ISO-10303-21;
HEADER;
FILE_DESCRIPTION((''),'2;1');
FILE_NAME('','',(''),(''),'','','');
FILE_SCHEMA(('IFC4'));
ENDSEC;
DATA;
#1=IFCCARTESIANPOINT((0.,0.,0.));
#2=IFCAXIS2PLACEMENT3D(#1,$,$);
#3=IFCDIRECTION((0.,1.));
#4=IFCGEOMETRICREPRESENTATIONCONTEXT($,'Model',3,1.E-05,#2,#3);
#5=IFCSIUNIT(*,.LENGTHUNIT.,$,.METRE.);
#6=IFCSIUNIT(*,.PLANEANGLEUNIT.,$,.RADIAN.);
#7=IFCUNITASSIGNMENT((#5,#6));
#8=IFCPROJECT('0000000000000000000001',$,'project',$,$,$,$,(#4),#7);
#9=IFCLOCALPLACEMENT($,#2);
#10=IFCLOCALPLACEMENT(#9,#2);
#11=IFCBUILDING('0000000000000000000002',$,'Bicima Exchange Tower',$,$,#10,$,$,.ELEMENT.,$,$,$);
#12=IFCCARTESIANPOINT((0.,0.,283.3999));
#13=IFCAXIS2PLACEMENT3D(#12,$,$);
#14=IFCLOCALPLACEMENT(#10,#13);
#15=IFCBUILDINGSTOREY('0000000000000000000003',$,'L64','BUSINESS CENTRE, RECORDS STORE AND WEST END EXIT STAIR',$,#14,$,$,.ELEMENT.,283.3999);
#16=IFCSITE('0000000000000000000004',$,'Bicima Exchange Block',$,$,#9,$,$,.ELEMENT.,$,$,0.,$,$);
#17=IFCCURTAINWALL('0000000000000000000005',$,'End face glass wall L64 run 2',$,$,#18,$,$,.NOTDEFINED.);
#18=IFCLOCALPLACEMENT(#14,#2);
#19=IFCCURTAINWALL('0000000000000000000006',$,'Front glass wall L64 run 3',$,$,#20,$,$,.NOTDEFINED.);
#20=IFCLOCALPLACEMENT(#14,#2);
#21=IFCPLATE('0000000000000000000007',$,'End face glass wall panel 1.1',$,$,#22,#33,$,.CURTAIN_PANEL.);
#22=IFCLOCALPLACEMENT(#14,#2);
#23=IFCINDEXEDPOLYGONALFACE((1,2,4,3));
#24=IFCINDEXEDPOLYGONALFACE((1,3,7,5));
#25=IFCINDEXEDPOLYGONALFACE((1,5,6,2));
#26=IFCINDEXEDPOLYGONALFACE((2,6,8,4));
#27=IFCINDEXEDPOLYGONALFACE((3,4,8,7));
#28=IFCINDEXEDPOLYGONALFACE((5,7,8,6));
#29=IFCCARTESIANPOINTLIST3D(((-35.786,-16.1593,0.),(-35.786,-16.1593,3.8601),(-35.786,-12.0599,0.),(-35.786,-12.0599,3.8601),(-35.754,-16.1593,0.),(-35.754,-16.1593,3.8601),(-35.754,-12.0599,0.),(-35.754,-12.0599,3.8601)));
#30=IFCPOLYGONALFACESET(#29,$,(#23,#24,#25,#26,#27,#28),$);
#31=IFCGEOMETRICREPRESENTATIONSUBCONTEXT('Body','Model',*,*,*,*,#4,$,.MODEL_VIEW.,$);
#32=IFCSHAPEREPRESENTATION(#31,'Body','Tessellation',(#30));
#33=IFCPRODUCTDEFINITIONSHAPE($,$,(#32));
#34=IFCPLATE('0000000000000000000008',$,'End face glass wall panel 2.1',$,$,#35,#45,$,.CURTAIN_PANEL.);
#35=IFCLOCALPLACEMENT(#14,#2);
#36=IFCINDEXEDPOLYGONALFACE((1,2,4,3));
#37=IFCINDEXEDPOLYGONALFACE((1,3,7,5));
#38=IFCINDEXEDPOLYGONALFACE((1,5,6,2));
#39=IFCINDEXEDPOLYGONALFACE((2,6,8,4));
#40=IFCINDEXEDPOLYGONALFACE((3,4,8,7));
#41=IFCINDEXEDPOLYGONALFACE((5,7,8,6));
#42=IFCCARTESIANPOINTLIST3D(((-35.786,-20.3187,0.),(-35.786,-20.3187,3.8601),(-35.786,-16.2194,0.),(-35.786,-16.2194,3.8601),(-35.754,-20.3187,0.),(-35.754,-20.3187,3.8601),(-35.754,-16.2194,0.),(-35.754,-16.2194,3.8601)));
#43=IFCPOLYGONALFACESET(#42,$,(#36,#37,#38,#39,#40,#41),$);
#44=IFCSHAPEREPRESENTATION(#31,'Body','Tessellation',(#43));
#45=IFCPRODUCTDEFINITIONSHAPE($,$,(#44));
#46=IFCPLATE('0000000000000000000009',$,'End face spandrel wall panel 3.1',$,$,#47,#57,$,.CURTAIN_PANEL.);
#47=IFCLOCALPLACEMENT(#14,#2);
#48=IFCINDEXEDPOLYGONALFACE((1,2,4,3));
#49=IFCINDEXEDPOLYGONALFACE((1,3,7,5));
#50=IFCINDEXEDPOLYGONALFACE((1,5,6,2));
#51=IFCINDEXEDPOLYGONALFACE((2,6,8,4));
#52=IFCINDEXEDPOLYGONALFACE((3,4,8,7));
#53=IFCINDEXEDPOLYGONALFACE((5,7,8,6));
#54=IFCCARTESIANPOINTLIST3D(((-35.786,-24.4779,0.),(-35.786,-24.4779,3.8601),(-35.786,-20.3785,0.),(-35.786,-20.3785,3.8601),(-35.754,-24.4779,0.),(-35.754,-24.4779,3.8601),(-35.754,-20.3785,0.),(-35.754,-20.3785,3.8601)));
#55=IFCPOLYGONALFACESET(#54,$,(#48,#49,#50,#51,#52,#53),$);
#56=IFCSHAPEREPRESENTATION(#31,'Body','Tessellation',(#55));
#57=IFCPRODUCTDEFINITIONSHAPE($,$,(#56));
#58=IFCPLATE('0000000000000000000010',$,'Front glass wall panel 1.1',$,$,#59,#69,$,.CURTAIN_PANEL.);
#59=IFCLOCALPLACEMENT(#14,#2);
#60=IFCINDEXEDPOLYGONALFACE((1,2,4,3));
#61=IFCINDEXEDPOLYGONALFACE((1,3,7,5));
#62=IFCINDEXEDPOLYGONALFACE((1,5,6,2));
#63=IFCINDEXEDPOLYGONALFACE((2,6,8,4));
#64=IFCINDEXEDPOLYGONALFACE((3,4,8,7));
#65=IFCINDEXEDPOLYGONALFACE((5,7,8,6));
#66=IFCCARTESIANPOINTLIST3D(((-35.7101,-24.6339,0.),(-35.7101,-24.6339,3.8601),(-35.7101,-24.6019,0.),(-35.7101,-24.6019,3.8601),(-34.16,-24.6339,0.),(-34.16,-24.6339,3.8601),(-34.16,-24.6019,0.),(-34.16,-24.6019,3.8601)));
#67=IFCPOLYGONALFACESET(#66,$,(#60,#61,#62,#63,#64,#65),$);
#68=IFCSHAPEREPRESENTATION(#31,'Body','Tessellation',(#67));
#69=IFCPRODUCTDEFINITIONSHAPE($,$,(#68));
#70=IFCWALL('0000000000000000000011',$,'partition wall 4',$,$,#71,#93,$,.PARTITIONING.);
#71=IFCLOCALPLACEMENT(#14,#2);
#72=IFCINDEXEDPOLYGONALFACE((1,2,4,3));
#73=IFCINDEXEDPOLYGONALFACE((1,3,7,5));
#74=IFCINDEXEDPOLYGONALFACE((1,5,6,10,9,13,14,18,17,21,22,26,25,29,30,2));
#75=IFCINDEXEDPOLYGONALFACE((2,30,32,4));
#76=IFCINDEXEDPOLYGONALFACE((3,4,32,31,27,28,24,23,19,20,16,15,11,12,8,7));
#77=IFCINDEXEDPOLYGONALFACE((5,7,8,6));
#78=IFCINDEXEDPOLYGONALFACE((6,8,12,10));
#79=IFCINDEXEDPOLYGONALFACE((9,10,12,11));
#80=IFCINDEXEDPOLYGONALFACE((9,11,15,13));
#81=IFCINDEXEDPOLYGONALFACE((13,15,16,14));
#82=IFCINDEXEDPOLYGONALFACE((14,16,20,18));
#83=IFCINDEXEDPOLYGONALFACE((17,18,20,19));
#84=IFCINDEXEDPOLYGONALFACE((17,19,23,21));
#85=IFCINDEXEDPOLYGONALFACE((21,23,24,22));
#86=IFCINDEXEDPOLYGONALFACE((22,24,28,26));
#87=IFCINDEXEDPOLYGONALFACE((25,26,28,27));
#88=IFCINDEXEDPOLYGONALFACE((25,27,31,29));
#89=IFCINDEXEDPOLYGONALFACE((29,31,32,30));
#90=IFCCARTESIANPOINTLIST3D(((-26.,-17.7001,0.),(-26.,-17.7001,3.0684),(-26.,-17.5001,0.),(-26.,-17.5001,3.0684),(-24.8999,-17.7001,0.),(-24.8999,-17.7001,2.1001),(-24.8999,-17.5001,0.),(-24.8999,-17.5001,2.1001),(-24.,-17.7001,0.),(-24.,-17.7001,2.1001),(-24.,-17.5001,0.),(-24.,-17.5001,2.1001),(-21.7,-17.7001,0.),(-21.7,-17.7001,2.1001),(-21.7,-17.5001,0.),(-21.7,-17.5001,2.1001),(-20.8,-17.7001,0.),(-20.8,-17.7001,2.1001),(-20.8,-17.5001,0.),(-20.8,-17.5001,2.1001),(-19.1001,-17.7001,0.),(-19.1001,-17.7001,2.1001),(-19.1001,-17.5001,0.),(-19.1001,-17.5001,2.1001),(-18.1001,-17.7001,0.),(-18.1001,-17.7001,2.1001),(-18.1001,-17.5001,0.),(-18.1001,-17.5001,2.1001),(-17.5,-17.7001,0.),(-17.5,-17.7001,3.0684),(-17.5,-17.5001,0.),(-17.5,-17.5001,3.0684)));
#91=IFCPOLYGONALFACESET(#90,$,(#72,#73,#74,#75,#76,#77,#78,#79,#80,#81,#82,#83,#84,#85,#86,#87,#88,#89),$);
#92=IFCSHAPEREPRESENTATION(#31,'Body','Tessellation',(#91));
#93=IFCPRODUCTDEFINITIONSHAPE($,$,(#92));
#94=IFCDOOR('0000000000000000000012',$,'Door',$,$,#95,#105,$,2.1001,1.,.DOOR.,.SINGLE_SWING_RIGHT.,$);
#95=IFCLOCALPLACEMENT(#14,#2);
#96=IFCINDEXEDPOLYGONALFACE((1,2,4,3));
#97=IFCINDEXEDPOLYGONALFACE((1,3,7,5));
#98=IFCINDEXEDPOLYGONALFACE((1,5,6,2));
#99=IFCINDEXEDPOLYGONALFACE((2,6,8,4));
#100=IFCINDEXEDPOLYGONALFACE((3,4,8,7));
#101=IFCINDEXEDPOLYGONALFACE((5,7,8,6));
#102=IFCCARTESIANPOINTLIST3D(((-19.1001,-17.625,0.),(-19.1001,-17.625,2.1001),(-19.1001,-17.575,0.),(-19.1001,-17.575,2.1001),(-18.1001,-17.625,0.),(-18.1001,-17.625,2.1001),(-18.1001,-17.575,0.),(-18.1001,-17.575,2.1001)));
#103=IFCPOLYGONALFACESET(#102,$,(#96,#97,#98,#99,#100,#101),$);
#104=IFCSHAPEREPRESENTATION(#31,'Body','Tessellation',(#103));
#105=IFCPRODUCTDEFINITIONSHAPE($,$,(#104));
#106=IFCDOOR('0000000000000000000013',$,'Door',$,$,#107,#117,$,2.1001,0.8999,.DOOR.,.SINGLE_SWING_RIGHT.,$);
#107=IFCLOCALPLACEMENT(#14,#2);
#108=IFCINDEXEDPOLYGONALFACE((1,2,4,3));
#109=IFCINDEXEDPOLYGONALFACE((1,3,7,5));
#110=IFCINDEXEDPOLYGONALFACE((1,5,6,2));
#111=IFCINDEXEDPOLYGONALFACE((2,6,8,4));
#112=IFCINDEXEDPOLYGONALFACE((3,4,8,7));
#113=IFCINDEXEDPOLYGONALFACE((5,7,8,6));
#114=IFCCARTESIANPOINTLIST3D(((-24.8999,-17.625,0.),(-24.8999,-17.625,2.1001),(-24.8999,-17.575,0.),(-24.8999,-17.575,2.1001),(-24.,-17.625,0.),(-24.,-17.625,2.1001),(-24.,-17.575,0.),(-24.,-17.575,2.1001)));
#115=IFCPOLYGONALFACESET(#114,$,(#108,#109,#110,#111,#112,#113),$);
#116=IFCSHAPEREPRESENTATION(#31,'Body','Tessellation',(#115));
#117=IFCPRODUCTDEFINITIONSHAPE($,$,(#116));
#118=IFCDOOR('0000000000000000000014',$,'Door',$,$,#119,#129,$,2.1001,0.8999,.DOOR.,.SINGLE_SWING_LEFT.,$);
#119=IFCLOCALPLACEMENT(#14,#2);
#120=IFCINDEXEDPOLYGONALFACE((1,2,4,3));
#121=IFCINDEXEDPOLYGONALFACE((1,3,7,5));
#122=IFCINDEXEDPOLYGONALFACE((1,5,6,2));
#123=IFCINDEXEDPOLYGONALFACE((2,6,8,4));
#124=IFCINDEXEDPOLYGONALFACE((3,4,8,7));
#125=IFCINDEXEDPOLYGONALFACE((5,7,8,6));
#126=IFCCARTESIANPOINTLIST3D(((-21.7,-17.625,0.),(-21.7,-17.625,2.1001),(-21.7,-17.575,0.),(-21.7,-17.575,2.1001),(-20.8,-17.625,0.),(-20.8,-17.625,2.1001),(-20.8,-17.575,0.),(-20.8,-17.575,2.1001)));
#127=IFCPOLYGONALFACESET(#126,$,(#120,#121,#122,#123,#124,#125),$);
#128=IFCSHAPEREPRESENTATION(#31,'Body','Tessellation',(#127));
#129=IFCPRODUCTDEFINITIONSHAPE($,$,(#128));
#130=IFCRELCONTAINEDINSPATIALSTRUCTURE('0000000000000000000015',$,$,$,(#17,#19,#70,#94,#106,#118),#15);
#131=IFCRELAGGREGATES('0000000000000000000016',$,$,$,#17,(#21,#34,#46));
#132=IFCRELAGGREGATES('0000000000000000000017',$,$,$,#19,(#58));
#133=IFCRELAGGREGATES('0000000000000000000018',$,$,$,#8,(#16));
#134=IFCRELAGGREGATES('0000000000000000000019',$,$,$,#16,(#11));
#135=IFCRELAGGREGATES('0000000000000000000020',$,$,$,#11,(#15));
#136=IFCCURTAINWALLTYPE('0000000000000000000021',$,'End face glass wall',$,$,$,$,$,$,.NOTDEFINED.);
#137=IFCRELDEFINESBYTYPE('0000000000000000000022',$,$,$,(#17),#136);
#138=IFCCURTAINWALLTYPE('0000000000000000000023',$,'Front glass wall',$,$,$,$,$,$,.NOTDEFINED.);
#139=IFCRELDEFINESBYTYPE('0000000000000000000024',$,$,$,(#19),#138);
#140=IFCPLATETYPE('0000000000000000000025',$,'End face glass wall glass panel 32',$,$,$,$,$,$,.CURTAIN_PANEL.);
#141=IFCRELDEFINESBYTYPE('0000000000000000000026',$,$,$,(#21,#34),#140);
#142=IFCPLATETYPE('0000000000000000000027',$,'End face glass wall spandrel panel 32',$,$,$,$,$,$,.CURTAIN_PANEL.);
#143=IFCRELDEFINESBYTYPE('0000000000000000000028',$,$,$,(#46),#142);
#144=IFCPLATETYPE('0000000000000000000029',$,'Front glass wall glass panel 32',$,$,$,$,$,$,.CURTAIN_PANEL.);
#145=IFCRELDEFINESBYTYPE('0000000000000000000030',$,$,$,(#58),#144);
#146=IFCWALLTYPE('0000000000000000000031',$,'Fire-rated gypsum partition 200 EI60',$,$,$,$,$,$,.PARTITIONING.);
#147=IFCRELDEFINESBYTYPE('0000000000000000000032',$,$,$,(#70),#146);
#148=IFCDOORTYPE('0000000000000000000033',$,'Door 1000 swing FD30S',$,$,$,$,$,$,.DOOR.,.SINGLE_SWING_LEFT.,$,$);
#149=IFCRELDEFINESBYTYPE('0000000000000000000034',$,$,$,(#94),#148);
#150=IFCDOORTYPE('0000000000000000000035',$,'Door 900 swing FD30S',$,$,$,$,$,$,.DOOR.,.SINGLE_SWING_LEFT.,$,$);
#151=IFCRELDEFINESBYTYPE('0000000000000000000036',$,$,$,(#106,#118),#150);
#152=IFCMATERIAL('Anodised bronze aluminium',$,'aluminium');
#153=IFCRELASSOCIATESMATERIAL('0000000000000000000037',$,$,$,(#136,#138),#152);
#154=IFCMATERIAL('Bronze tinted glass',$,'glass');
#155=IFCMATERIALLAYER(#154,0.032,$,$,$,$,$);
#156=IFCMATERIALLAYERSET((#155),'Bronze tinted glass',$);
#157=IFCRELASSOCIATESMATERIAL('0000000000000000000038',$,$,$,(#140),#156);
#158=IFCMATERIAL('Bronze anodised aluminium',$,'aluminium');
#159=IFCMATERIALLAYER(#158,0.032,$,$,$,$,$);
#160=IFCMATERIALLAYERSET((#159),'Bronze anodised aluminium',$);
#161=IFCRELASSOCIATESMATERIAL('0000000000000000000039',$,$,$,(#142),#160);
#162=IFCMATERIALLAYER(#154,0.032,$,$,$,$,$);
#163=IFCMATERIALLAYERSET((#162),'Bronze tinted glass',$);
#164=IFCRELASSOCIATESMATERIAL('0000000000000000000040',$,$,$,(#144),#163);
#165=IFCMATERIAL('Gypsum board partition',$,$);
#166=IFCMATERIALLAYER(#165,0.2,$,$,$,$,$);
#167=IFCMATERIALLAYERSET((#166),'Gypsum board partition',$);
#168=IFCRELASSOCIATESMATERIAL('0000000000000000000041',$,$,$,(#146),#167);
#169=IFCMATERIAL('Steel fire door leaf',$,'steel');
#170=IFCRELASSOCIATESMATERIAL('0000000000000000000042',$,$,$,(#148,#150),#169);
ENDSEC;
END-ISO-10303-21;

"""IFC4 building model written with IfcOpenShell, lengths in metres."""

from ifc_helpers import new_model, si_unit, direction, frame, frame_2d, origin, origin_2d, place, context, subcontext, project, spatial, rectangle, extrude, material, layer, layer_set, type_object, element, fill, aggregate, save


model = new_model("IFC4")

# Units and contexts
model_context = context("Model", 3, precision=1e-05, world=origin(), true_north=direction((0.0, 1.0)))
body_context = subcontext(model_context, "Body", "Model", "MODEL_VIEW")
ifc_project = project(units=[si_unit("LENGTHUNIT", "METRE"), si_unit("PLANEANGLEUNIT", "RADIAN")], contexts=[model_context])

# Site, building, storey
site_placement = place(None, origin())
site = spatial("IfcSite", under=ifc_project, at=site_placement, Name="Bicima Exchange Block", CompositionType="ELEMENT", RefElevation=0.0)
building_placement = place(site_placement, origin())
building = spatial("IfcBuilding", under=site, at=building_placement, Name="Bicima Exchange Tower", CompositionType="ELEMENT")
storey_placement = place(building_placement, frame((0.0, 0.0, 283.3999)))
storey = spatial("IfcBuildingStorey", under=building, at=storey_placement, Name="L64", Description="BUSINESS CENTRE, RECORDS STORE AND WEST END EXIT STAIR", CompositionType="ELEMENT", Elevation=283.3999)

# Curtain wall
ifc_material_1 = material(Name="Anodised bronze aluminium", Category="aluminium")
curtain_wall_type_1 = type_object("IfcCurtainWallType", Name="End face glass wall", PredefinedType="NOTDEFINED", material=ifc_material_1)
curtain_wall_1_placement = place(storey_placement, origin())
curtain_wall_1 = element("IfcCurtainWall", 1, at=curtain_wall_1_placement, inside=storey, type_object=curtain_wall_type_1, Name="End face glass wall L64 run 2", PredefinedType="NOTDEFINED")

# Curtain wall
curtain_wall_type_2 = type_object("IfcCurtainWallType", Name="Front glass wall", PredefinedType="NOTDEFINED", material=ifc_material_1)
curtain_wall_2_placement = place(storey_placement, origin())
curtain_wall_2 = element("IfcCurtainWall", 2, at=curtain_wall_2_placement, inside=storey, type_object=curtain_wall_type_2, Name="Front glass wall L64 run 3", PredefinedType="NOTDEFINED")

# Plates
ifc_material_2 = material(Name="Bronze tinted glass", Category="glass")
ifc_layer_1 = layer(ifc_material_2, 0.032)
ifc_layer_set_1 = layer_set([ifc_layer_1], Name="Bronze tinted glass")
plate_type_1 = type_object("IfcPlateType", Name="End face glass wall glass panel 32", PredefinedType="CURTAIN_PANEL", material=ifc_layer_set_1)
plate_1_placement = place(storey_placement, frame((-35.77, -14.1096, 0.0), z_axis=(0.0, 0.0, 1.0), x_axis=(0.0, -1.0, 0.0)))
plate_1 = element("IfcPlate", 3, at=plate_1_placement, type_object=plate_type_1, Name="End face glass wall panel 1.1", PredefinedType="CURTAIN_PANEL", context=body_context, shape_type="SweptSolid", body=[
    extrude(rectangle(XDim=4.0994, YDim=0.032, at=origin_2d()), origin(), (0.0, 0.0, 1.0), 3.8601),
])
plate_2_placement = place(storey_placement, frame((-35.77, -18.269, 0.0), z_axis=(0.0, 0.0, 1.0), x_axis=(0.0, -1.0, 0.0)))
plate_2 = element("IfcPlate", 4, at=plate_2_placement, type_object=plate_type_1, Name="End face glass wall panel 2.1", PredefinedType="CURTAIN_PANEL", context=body_context, shape_type="SweptSolid", body=[
    extrude(rectangle(XDim=4.0994, YDim=0.032, at=origin_2d()), origin(), (0.0, 0.0, 1.0), 3.8601),
])
ifc_material_3 = material(Name="Bronze anodised aluminium", Category="aluminium")
ifc_layer_2 = layer(ifc_material_3, 0.032)
ifc_layer_set_2 = layer_set([ifc_layer_2], Name="Bronze anodised aluminium")
plate_type_2 = type_object("IfcPlateType", Name="End face glass wall spandrel panel 32", PredefinedType="CURTAIN_PANEL", material=ifc_layer_set_2)
plate_3_placement = place(storey_placement, frame((-35.77, -22.4282, 0.0), z_axis=(0.0, 0.0, 1.0), x_axis=(0.0, -1.0, 0.0)))
plate_3 = element("IfcPlate", 5, at=plate_3_placement, type_object=plate_type_2, Name="End face spandrel wall panel 3.1", PredefinedType="CURTAIN_PANEL", context=body_context, shape_type="SweptSolid", body=[
    extrude(rectangle(XDim=4.0994, YDim=0.032, at=origin_2d()), origin(), (0.0, 0.0, 1.0), 3.8601),
])
aggregate(curtain_wall_1, [plate_1, plate_2, plate_3])
ifc_layer_3 = layer(ifc_material_2, 0.032)
ifc_layer_set_3 = layer_set([ifc_layer_3], Name="Bronze tinted glass")
plate_type_3 = type_object("IfcPlateType", Name="Front glass wall glass panel 32", PredefinedType="CURTAIN_PANEL", material=ifc_layer_set_3)
plate_4_placement = place(storey_placement, frame((-34.9351, -24.6179, 0.0), z_axis=(0.0, 0.0, 1.0), x_axis=(1.0, 0.0, 0.0)))
plate_4 = element("IfcPlate", 6, at=plate_4_placement, type_object=plate_type_3, Name="Front glass wall panel 1.1", PredefinedType="CURTAIN_PANEL", context=body_context, shape_type="SweptSolid", body=[
    extrude(rectangle(XDim=1.55, YDim=0.032, at=origin_2d()), origin(), (0.0, 0.0, 1.0), 3.8601),
])
aggregate(curtain_wall_2, [plate_4])

# Wall, openings, doors
ifc_material_4 = material(Name="Gypsum board partition")
ifc_layer_4 = layer(ifc_material_4, 0.2)
ifc_layer_set_4 = layer_set([ifc_layer_4], Name="Gypsum board partition")
wall_type_1 = type_object("IfcWallType", Name="Fire-rated gypsum partition 200 EI60", PredefinedType="PARTITIONING", material=ifc_layer_set_4)
wall_1_placement = place(storey_placement, frame((-26.0, -17.6001, 0.0), z_axis=(0.0, 0.0, 1.0), x_axis=(1.0, 0.0, 0.0)))
wall_1 = element("IfcWall", 7, at=wall_1_placement, inside=storey, type_object=wall_type_1, Name="partition wall 4", PredefinedType="PARTITIONING", context=body_context, shape_type="SweptSolid", body=[
    extrude(rectangle(XDim=8.5, YDim=0.2, at=frame_2d((4.25, 0.0))), origin(), (0.0, 0.0, 1.0), 3.0684),
])
opening_1_placement = place(wall_1_placement, frame((1.1001, 0.0, 0.0)))
opening_1 = element("IfcOpeningElement", 8, at=opening_1_placement, cuts=wall_1, PredefinedType="OPENING", context=body_context, shape_type="SweptSolid", body=[
    extrude(rectangle(XDim=0.8999, YDim=2.1001, at=frame_2d((0.45, 1.05))), frame((0.0, 0.1118, 0.0), z_axis=(0.0, -1.0, 0.0), x_axis=(1.0, 0.0, 0.0)), (0.0, 0.0, 1.0), 0.2239),
])
opening_2_placement = place(wall_1_placement, frame((4.3, 0.0, 0.0)))
opening_2 = element("IfcOpeningElement", 9, at=opening_2_placement, cuts=wall_1, PredefinedType="OPENING", context=body_context, shape_type="SweptSolid", body=[
    extrude(rectangle(XDim=0.8999, YDim=2.1001, at=frame_2d((0.45, 1.05))), frame((0.0, 0.1118, 0.0), z_axis=(0.0, -1.0, 0.0), x_axis=(1.0, 0.0, 0.0)), (0.0, 0.0, 1.0), 0.2239),
])
opening_3_placement = place(wall_1_placement, frame((6.8999, 0.0, 0.0)))
opening_3 = element("IfcOpeningElement", 10, at=opening_3_placement, cuts=wall_1, PredefinedType="OPENING", context=body_context, shape_type="SweptSolid", body=[
    extrude(rectangle(XDim=1.0, YDim=2.1001, at=frame_2d((0.5, 1.05))), frame((0.0, 0.1118, 0.0), z_axis=(0.0, -1.0, 0.0), x_axis=(1.0, 0.0, 0.0)), (0.0, 0.0, 1.0), 0.2239),
])
ifc_material_5 = material(Name="Steel fire door leaf", Category="steel")
door_type_1 = type_object("IfcDoorType", Name="Door 1000 swing FD30S", OperationType="SINGLE_SWING_LEFT", PredefinedType="DOOR", material=ifc_material_5)
door_1_placement = place(opening_3_placement, frame((1.0, 0.0, 0.0), z_axis=(0.0, 0.0, 1.0), x_axis=(-1.0, 0.0, 0.0)))
door_1 = element("IfcDoor", 11, at=door_1_placement, inside=storey, type_object=door_type_1, Name="Door", OperationType="SINGLE_SWING_RIGHT", OverallHeight=2.1001, OverallWidth=1.0, PredefinedType="DOOR", context=body_context, shape_type="SweptSolid", body=[
    extrude(rectangle(XDim=1.0, YDim=2.1001, at=frame_2d((0.5, 1.05))), frame((0.0, 0.0249, 0.0), z_axis=(0.0, -1.0, 0.0), x_axis=(1.0, 0.0, 0.0)), (0.0, 0.0, 1.0), 0.05),
])
fill(opening_3, door_1)
door_type_2 = type_object("IfcDoorType", Name="Door 900 swing FD30S", OperationType="SINGLE_SWING_LEFT", PredefinedType="DOOR", material=ifc_material_5)
door_2_placement = place(opening_1_placement, frame((0.8999, 0.0, 0.0), z_axis=(0.0, 0.0, 1.0), x_axis=(-1.0, 0.0, 0.0)))
door_2 = element("IfcDoor", 12, at=door_2_placement, inside=storey, type_object=door_type_2, Name="Door", OperationType="SINGLE_SWING_RIGHT", OverallHeight=2.1001, OverallWidth=0.8999, PredefinedType="DOOR", context=body_context, shape_type="SweptSolid", body=[
    extrude(rectangle(XDim=0.8999, YDim=2.1001, at=frame_2d((0.45, 1.05))), frame((0.0, 0.0249, 0.0), z_axis=(0.0, -1.0, 0.0), x_axis=(1.0, 0.0, 0.0)), (0.0, 0.0, 1.0), 0.05),
])
fill(opening_1, door_2)
door_3_placement = place(opening_2_placement, frame((0.8999, 0.0, 0.0), z_axis=(0.0, 0.0, 1.0), x_axis=(-1.0, 0.0, 0.0)))
door_3 = element("IfcDoor", 13, at=door_3_placement, inside=storey, type_object=door_type_2, Name="Door", OperationType="SINGLE_SWING_LEFT", OverallHeight=2.1001, OverallWidth=0.8999, PredefinedType="DOOR", context=body_context, shape_type="SweptSolid", body=[
    extrude(rectangle(XDim=0.8999, YDim=2.1001, at=frame_2d((0.45, 1.05))), frame((0.0, 0.0249, 0.0), z_axis=(0.0, -1.0, 0.0), x_axis=(1.0, 0.0, 0.0)), (0.0, 0.0, 1.0), 0.05),
])
fill(opening_2, door_3)

save(model, "model.ifc")
